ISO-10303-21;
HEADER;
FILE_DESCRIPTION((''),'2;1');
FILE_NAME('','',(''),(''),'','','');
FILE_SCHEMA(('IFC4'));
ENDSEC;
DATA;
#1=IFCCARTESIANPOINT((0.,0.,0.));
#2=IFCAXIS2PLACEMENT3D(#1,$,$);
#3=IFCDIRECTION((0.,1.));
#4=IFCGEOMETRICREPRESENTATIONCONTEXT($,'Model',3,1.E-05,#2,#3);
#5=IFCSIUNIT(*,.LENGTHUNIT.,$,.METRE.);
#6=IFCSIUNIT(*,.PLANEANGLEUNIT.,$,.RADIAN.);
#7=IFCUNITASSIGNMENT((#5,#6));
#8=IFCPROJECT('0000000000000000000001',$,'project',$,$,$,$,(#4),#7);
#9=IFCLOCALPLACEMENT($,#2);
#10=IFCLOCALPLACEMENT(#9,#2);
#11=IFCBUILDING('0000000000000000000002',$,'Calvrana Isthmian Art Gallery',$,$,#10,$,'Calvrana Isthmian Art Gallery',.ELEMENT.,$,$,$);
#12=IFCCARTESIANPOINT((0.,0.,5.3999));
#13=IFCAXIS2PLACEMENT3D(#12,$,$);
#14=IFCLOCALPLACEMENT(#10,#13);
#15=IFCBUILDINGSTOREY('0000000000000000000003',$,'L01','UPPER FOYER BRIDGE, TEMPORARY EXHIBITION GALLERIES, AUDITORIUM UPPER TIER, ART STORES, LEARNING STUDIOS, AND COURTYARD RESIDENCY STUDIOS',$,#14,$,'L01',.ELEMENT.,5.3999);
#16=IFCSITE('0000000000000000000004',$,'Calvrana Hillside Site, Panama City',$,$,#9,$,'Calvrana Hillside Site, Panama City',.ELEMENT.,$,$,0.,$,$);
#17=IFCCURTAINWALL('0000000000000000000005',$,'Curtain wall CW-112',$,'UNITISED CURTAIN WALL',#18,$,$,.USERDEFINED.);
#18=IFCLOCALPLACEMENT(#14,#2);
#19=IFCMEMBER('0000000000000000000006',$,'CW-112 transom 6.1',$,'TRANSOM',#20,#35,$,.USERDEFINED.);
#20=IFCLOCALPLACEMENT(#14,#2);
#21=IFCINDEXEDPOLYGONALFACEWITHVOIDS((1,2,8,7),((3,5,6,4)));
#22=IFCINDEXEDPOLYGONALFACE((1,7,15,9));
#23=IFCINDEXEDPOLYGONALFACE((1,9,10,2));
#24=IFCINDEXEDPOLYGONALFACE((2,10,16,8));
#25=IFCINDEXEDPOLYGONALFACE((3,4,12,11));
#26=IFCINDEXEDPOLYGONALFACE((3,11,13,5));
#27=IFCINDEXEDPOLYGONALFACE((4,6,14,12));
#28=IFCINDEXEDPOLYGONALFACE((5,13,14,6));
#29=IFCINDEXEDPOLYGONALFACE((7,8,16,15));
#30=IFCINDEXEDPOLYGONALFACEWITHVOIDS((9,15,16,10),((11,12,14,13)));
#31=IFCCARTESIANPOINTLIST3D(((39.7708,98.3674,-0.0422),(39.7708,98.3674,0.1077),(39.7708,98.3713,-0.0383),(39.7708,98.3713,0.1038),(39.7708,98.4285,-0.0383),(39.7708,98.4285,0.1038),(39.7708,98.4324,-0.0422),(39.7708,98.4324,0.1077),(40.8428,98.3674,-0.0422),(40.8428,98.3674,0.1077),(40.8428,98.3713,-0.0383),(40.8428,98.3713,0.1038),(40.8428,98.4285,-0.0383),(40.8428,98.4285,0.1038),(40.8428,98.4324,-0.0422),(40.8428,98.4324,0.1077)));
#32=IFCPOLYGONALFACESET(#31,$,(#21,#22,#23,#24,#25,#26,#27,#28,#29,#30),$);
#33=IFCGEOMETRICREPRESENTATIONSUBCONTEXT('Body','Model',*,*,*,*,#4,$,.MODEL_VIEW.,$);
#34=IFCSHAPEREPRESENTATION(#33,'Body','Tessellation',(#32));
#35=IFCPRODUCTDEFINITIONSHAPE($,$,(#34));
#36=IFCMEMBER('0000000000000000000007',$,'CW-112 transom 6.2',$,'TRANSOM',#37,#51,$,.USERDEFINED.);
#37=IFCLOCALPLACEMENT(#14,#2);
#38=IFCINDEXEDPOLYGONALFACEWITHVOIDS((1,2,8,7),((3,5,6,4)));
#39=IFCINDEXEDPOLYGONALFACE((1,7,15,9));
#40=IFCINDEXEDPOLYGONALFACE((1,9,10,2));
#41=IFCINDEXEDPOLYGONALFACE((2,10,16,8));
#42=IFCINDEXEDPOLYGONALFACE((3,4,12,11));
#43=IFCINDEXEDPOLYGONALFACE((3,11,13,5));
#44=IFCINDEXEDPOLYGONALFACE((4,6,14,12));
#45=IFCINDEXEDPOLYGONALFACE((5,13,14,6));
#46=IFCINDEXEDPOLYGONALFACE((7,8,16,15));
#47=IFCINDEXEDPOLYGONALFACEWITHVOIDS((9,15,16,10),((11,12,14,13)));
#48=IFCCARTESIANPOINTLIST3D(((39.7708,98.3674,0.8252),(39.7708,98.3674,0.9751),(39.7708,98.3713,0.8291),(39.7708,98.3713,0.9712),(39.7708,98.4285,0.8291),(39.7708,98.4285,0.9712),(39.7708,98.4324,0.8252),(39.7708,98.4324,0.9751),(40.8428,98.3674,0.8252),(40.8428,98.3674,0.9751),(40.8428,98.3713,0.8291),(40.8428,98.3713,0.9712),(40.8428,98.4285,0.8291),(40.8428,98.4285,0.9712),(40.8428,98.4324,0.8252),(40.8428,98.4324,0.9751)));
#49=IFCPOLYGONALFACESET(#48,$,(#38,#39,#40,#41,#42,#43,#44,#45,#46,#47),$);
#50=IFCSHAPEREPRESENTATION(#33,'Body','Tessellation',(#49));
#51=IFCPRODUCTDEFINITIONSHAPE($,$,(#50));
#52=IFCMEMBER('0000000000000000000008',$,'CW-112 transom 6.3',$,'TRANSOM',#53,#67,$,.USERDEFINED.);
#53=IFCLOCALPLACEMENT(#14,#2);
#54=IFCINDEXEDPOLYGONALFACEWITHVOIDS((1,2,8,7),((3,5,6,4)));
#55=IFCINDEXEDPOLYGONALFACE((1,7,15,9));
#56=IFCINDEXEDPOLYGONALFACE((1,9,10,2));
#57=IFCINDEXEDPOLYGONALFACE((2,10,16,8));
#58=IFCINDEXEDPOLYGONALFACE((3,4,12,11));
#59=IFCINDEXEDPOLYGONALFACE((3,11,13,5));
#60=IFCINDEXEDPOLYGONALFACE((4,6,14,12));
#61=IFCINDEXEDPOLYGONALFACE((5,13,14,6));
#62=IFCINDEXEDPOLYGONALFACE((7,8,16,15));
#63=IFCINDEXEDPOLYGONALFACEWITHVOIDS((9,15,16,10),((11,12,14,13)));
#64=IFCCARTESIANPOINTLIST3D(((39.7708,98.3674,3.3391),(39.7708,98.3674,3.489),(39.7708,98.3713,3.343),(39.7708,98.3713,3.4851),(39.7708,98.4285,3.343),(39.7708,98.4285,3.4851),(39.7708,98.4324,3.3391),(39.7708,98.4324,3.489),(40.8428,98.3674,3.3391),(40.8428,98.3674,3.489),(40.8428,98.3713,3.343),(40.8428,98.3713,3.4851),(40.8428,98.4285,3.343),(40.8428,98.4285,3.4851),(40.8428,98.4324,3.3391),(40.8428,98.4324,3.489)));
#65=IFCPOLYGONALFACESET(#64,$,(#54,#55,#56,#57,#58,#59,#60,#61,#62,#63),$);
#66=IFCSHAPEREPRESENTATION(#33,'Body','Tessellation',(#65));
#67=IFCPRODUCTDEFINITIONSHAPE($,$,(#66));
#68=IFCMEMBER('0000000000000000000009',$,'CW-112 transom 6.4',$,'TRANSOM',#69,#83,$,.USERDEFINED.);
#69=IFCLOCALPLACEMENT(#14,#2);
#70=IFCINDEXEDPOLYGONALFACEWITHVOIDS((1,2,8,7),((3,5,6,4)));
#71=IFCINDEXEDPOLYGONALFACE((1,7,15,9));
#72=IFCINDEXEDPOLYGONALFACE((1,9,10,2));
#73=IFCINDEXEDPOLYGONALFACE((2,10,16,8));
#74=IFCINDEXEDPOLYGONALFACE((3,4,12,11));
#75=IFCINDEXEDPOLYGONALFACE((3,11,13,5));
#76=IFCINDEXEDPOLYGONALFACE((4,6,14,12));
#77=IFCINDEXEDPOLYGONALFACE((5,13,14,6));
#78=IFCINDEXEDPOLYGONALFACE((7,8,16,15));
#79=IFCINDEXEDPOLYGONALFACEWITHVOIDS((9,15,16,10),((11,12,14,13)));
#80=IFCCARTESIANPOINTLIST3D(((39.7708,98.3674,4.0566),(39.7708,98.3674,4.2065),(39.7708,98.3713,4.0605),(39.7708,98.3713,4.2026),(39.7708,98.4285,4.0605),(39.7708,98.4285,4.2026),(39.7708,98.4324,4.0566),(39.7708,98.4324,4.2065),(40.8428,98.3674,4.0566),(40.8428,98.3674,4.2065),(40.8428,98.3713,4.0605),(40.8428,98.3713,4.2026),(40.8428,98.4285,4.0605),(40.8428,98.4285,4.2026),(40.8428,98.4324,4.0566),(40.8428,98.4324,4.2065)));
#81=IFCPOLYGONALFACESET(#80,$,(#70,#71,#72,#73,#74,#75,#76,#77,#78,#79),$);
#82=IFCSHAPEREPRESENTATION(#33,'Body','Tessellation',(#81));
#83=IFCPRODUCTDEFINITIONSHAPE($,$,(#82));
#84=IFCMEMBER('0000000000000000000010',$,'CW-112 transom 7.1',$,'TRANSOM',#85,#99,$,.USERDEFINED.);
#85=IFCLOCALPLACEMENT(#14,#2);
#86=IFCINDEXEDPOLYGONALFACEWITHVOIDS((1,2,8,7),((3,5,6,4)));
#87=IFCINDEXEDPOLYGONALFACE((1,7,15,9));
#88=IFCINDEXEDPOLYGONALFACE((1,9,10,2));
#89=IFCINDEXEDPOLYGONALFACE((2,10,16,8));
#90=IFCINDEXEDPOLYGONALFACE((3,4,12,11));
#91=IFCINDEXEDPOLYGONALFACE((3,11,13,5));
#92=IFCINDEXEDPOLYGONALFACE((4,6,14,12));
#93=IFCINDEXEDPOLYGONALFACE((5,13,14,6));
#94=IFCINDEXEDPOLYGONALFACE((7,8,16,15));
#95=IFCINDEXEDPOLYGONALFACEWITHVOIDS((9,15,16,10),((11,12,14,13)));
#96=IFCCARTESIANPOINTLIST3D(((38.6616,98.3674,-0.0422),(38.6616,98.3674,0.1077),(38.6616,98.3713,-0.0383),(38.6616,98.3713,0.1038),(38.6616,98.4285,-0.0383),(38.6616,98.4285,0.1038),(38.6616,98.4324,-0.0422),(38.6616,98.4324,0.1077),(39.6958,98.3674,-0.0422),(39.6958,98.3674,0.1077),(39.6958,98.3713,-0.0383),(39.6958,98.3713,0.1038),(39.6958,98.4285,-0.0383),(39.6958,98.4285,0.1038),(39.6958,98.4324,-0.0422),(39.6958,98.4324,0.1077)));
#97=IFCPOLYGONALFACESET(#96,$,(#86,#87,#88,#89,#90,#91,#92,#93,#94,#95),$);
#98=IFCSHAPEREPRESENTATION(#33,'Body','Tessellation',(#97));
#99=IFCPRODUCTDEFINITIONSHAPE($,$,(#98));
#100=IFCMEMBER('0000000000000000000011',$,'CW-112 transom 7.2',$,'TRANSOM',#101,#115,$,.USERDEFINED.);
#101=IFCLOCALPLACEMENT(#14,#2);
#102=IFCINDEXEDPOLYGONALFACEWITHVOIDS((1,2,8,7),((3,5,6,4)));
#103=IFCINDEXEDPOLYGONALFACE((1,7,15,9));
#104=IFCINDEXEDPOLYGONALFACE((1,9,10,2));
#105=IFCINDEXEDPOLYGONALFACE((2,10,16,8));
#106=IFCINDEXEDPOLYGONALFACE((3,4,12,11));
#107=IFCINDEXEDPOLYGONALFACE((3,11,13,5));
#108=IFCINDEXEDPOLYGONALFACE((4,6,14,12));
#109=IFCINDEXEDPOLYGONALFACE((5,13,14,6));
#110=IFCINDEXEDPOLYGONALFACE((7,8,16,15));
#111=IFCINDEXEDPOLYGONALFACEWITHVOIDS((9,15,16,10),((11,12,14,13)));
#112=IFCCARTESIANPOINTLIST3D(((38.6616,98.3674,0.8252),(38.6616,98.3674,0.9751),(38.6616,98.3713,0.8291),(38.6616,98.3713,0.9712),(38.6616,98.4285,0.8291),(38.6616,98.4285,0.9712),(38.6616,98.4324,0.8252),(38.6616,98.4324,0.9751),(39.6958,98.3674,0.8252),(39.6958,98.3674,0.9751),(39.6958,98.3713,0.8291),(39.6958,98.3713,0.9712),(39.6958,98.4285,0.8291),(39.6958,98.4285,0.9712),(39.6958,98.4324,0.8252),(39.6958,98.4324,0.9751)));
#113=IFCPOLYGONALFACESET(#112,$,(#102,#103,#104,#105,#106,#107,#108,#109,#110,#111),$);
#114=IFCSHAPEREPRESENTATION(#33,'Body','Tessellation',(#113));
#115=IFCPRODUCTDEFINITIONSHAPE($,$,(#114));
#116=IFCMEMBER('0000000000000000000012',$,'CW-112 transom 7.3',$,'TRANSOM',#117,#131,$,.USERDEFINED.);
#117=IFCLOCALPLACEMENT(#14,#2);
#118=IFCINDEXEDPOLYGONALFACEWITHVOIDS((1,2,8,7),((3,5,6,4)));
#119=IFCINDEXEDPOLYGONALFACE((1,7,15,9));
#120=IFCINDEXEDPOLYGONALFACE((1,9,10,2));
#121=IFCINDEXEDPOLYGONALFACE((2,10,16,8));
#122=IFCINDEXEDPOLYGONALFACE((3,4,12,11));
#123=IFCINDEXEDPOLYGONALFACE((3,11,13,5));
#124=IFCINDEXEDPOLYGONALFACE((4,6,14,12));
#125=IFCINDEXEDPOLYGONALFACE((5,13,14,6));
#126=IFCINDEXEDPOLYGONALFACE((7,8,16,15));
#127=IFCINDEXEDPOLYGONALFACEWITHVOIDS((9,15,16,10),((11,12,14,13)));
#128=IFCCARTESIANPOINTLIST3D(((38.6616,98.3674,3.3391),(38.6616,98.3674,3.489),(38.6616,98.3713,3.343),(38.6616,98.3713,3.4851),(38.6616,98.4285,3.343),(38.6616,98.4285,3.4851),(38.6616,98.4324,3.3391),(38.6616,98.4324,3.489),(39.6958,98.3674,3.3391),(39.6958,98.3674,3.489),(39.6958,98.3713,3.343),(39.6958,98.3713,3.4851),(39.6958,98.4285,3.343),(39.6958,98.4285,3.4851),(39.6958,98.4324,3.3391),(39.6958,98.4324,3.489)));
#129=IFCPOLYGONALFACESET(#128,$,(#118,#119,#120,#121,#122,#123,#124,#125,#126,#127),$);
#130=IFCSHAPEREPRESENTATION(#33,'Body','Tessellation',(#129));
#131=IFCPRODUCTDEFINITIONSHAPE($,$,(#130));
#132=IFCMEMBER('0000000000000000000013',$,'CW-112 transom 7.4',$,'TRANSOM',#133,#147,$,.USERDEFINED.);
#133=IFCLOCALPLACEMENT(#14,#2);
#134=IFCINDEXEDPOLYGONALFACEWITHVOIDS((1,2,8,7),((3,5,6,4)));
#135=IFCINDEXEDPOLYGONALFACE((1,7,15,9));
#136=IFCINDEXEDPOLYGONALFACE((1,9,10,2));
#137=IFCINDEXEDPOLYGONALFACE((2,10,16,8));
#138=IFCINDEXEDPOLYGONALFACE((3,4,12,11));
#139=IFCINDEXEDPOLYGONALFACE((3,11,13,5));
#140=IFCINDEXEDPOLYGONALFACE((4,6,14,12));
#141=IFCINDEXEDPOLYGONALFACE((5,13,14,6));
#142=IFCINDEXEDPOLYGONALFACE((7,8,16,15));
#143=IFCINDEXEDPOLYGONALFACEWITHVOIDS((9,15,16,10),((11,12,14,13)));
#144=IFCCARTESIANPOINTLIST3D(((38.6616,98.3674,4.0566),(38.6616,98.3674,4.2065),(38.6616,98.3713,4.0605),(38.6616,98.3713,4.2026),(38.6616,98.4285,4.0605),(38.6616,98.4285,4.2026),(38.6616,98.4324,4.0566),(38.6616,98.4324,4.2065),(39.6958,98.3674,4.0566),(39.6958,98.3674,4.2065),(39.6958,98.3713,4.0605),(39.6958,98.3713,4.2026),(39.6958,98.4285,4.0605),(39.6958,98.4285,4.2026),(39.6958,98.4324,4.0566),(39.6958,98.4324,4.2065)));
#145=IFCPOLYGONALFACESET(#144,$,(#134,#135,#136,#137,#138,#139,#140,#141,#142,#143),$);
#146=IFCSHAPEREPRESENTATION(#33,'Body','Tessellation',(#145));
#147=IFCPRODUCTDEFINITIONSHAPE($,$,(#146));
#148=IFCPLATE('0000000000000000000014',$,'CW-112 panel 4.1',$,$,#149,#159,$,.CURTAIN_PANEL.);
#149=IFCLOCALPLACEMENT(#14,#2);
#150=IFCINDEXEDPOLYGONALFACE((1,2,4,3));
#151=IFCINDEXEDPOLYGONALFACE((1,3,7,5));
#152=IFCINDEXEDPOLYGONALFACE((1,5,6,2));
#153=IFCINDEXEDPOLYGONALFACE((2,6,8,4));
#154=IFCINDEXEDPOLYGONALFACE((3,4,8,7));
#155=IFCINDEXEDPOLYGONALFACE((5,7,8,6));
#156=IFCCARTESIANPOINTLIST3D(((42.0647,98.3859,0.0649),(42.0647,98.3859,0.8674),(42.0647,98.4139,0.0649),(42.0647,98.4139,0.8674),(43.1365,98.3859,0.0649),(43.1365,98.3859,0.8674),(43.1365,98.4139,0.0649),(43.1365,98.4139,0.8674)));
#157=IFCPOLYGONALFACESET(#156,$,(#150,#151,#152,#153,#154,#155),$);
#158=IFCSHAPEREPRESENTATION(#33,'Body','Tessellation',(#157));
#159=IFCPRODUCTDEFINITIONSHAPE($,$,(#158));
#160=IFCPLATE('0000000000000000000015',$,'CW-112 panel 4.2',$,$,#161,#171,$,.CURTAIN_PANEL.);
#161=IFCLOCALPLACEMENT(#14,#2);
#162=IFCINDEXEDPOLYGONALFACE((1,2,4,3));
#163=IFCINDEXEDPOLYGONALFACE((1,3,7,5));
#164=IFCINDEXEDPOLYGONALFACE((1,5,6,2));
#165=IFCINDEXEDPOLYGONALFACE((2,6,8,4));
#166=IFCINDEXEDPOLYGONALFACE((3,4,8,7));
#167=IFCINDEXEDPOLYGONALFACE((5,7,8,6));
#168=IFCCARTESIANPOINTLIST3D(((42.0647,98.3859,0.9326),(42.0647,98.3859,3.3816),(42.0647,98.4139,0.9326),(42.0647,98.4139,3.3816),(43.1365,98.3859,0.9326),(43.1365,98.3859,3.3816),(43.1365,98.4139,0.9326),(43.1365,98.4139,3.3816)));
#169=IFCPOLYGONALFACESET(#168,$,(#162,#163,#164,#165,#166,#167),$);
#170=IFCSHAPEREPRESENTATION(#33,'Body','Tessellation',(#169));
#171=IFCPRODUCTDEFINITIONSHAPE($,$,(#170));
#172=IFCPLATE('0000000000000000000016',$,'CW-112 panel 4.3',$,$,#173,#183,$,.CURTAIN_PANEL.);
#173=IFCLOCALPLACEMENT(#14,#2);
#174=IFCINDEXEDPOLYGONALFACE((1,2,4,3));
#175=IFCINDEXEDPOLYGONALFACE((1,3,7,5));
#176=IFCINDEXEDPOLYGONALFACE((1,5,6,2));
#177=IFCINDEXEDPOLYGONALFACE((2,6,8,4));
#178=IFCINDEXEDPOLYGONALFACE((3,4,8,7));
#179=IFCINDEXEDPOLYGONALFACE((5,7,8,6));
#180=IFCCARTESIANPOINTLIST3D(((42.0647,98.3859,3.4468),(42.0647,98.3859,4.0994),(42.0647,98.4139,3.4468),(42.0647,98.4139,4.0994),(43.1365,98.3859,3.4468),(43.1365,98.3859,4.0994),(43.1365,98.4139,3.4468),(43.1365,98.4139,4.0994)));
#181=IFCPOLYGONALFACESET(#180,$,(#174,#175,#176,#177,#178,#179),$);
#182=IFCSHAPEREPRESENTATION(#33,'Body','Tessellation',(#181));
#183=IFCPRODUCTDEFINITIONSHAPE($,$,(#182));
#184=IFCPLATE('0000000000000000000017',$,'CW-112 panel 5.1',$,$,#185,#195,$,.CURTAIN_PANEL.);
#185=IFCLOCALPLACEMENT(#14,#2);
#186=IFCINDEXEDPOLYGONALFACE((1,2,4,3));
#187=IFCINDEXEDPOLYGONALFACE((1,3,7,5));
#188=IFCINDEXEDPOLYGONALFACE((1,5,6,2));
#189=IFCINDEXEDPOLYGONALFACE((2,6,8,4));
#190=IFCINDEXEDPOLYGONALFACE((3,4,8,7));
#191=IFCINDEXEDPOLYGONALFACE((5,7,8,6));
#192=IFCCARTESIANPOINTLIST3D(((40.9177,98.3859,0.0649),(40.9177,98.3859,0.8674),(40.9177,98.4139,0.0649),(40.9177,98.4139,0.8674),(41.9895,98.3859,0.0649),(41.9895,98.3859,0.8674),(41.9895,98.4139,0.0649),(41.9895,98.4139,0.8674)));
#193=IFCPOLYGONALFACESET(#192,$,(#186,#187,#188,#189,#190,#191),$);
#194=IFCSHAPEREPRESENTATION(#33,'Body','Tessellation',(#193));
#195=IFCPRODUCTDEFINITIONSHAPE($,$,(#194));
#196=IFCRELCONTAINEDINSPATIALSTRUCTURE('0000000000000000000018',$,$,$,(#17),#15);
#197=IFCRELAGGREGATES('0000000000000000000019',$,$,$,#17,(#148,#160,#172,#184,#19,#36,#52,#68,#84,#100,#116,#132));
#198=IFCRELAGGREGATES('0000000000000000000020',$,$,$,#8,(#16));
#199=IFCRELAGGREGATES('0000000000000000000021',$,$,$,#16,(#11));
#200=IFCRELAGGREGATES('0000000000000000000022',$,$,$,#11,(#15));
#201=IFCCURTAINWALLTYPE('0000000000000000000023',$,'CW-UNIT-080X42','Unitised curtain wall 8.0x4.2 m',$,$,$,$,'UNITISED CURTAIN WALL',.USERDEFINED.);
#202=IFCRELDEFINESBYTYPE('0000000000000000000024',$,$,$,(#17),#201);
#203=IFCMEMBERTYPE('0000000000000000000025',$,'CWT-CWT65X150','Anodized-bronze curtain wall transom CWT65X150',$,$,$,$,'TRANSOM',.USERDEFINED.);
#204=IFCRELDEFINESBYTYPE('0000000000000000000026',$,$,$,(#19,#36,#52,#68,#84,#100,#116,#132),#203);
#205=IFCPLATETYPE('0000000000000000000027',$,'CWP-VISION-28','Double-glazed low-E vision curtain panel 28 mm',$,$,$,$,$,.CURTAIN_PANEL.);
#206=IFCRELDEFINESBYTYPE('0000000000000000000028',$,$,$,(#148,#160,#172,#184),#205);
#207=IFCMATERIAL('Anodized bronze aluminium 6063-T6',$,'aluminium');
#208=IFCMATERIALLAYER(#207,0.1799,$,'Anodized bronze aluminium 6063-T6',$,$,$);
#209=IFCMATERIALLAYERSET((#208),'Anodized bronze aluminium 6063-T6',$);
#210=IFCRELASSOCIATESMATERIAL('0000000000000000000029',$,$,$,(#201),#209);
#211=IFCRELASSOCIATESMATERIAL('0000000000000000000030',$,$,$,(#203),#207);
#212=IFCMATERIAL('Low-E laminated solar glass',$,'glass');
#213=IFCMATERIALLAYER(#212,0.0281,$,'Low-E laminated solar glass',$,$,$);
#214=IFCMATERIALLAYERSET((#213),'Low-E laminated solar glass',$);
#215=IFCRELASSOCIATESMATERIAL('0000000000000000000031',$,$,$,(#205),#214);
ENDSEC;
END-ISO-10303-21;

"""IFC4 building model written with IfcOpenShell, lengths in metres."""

from ifc_helpers import new_model, si_unit, direction, frame, origin, origin_2d, place, context, subcontext, project, spatial, rectangle, hollow_rectangle, extrude, material, layer, layer_set, material_profile, profile_set, type_object, element, aggregate, save


model = new_model("IFC4")

# Units and contexts
model_context = context("Model", 3, precision=1e-05, world=origin(), true_north=direction((0.0, 1.0)))
body_context = subcontext(model_context, "Body", "Model", "MODEL_VIEW")
ifc_project = project(units=[si_unit("LENGTHUNIT", "METRE"), si_unit("PLANEANGLEUNIT", "RADIAN")], contexts=[model_context])

# Site, building, storey
site_placement = place(None, origin())
site = spatial("IfcSite", under=ifc_project, at=site_placement, Name="Calvrana Hillside Site, Panama City", LongName="Calvrana Hillside Site, Panama City", CompositionType="ELEMENT", RefElevation=0.0)
building_placement = place(site_placement, origin())
building = spatial("IfcBuilding", under=site, at=building_placement, Name="Calvrana Isthmian Art Gallery", LongName="Calvrana Isthmian Art Gallery", CompositionType="ELEMENT")
storey_placement = place(building_placement, frame((0.0, 0.0, 5.3999)))
storey = spatial("IfcBuildingStorey", under=building, at=storey_placement, Name="L01", Description="UPPER FOYER BRIDGE, TEMPORARY EXHIBITION GALLERIES, AUDITORIUM UPPER TIER, ART STORES, LEARNING STUDIOS, AND COURTYARD RESIDENCY STUDIOS", LongName="L01", CompositionType="ELEMENT", Elevation=5.3999)

# Curtain wall, members, plates
ifc_material_1 = material(Name="Anodized bronze aluminium 6063-T6", Category="aluminium")
ifc_layer_1 = layer(ifc_material_1, 0.1799, Name="Anodized bronze aluminium 6063-T6")
ifc_layer_set_1 = layer_set([ifc_layer_1], Name="Anodized bronze aluminium 6063-T6")
curtain_wall_type = type_object("IfcCurtainWallType", Name="CW-UNIT-080X42", Description="Unitised curtain wall 8.0x4.2 m", ElementType="UNITISED CURTAIN WALL", PredefinedType="USERDEFINED", material=ifc_layer_set_1)
curtain_wall_placement = place(storey_placement, origin())
curtain_wall = element("IfcCurtainWall", 1, at=curtain_wall_placement, inside=storey, type_object=curtain_wall_type, Name="Curtain wall CW-112", ObjectType="UNITISED CURTAIN WALL", PredefinedType="USERDEFINED")
ifc_material_profile_1 = material_profile(ifc_material_1, hollow_rectangle(XDim=0.0649, YDim=0.1499, WallThickness=0.0039, at=origin_2d()), Name="CWT65X150")
ifc_profile_set_1 = profile_set([ifc_material_profile_1], Name="Anodized bronze aluminium 6063-T6")
member_type_1 = type_object("IfcMemberType", Name="CWT-CWT65X150", Description="Anodized-bronze curtain wall transom CWT65X150", ElementType="TRANSOM", PredefinedType="USERDEFINED", material=ifc_profile_set_1)
member_1_placement = place(storey_placement, frame((40.8428, 98.3999, 0.0327), z_axis=(-1.0, 0.0, 0.0), x_axis=(0.0, -1.0, 0.0)))
member_1 = element("IfcMember", 2, at=member_1_placement, type_object=member_type_1, Name="CW-112 transom 6.1", ObjectType="TRANSOM", PredefinedType="USERDEFINED", context=body_context, shape_type="SweptSolid", body=[
    extrude(hollow_rectangle(XDim=0.0649, YDim=0.1499, WallThickness=0.0039, at=origin_2d()), origin(), (0.0, 0.0, 1.0), 1.072),
])
member_2_placement = place(storey_placement, frame((40.8428, 98.3999, 0.9001), z_axis=(-1.0, 0.0, 0.0), x_axis=(0.0, -1.0, 0.0)))
member_2 = element("IfcMember", 3, at=member_2_placement, type_object=member_type_1, Name="CW-112 transom 6.2", ObjectType="TRANSOM", PredefinedType="USERDEFINED", context=body_context, shape_type="SweptSolid", body=[
    extrude(hollow_rectangle(XDim=0.0649, YDim=0.1499, WallThickness=0.0039, at=origin_2d()), origin(), (0.0, 0.0, 1.0), 1.072),
])
member_3_placement = place(storey_placement, frame((40.8428, 98.3999, 3.4141), z_axis=(-1.0, 0.0, 0.0), x_axis=(0.0, -1.0, 0.0)))
member_3 = element("IfcMember", 4, at=member_3_placement, type_object=member_type_1, Name="CW-112 transom 6.3", ObjectType="TRANSOM", PredefinedType="USERDEFINED", context=body_context, shape_type="SweptSolid", body=[
    extrude(hollow_rectangle(XDim=0.0649, YDim=0.1499, WallThickness=0.0039, at=origin_2d()), origin(), (0.0, 0.0, 1.0), 1.072),
])
member_4_placement = place(storey_placement, frame((40.8428, 98.3999, 4.1316), z_axis=(-1.0, 0.0, 0.0), x_axis=(0.0, -1.0, 0.0)))
member_4 = element("IfcMember", 5, at=member_4_placement, type_object=member_type_1, Name="CW-112 transom 6.4", ObjectType="TRANSOM", PredefinedType="USERDEFINED", context=body_context, shape_type="SweptSolid", body=[
    extrude(hollow_rectangle(XDim=0.0649, YDim=0.1499, WallThickness=0.0039, at=origin_2d()), origin(), (0.0, 0.0, 1.0), 1.072),
])
member_5_placement = place(storey_placement, frame((39.6958, 98.3999, 0.0327), z_axis=(-1.0, 0.0, 0.0), x_axis=(0.0, -1.0, 0.0)))
member_5 = element("IfcMember", 6, at=member_5_placement, type_object=member_type_1, Name="CW-112 transom 7.1", ObjectType="TRANSOM", PredefinedType="USERDEFINED", context=body_context, shape_type="SweptSolid", body=[
    extrude(hollow_rectangle(XDim=0.0649, YDim=0.1499, WallThickness=0.0039, at=origin_2d()), origin(), (0.0, 0.0, 1.0), 1.0342),
])
member_6_placement = place(storey_placement, frame((39.6958, 98.3999, 0.9001), z_axis=(-1.0, 0.0, 0.0), x_axis=(0.0, -1.0, 0.0)))
member_6 = element("IfcMember", 7, at=member_6_placement, type_object=member_type_1, Name="CW-112 transom 7.2", ObjectType="TRANSOM", PredefinedType="USERDEFINED", context=body_context, shape_type="SweptSolid", body=[
    extrude(hollow_rectangle(XDim=0.0649, YDim=0.1499, WallThickness=0.0039, at=origin_2d()), origin(), (0.0, 0.0, 1.0), 1.0342),
])
member_7_placement = place(storey_placement, frame((39.6958, 98.3999, 3.4141), z_axis=(-1.0, 0.0, 0.0), x_axis=(0.0, -1.0, 0.0)))
member_7 = element("IfcMember", 8, at=member_7_placement, type_object=member_type_1, Name="CW-112 transom 7.3", ObjectType="TRANSOM", PredefinedType="USERDEFINED", context=body_context, shape_type="SweptSolid", body=[
    extrude(hollow_rectangle(XDim=0.0649, YDim=0.1499, WallThickness=0.0039, at=origin_2d()), origin(), (0.0, 0.0, 1.0), 1.0342),
])
member_8_placement = place(storey_placement, frame((39.6958, 98.3999, 4.1316), z_axis=(-1.0, 0.0, 0.0), x_axis=(0.0, -1.0, 0.0)))
member_8 = element("IfcMember", 9, at=member_8_placement, type_object=member_type_1, Name="CW-112 transom 7.4", ObjectType="TRANSOM", PredefinedType="USERDEFINED", context=body_context, shape_type="SweptSolid", body=[
    extrude(hollow_rectangle(XDim=0.0649, YDim=0.1499, WallThickness=0.0039, at=origin_2d()), origin(), (0.0, 0.0, 1.0), 1.0342),
])
ifc_material_2 = material(Name="Low-E laminated solar glass", Category="glass")
ifc_layer_2 = layer(ifc_material_2, 0.0281, Name="Low-E laminated solar glass")
ifc_layer_set_2 = layer_set([ifc_layer_2], Name="Low-E laminated solar glass")
plate_type = type_object("IfcPlateType", Name="CWP-VISION-28", Description="Double-glazed low-E vision curtain panel 28 mm", PredefinedType="CURTAIN_PANEL", material=ifc_layer_set_2)
plate_1_placement = place(storey_placement, frame((42.6006, 98.3999, 0.0649), z_axis=(0.0, 0.0, 1.0), x_axis=(-1.0, 0.0, 0.0)))
plate_1 = element("IfcPlate", 10, at=plate_1_placement, type_object=plate_type, Name="CW-112 panel 4.1", PredefinedType="CURTAIN_PANEL", context=body_context, shape_type="SweptSolid", body=[
    extrude(rectangle(XDim=1.0718, YDim=0.0281, at=origin_2d()), origin(), (0.0, 0.0, 1.0), 0.8025),
])
plate_2_placement = place(storey_placement, frame((42.6006, 98.3999, 0.9326), z_axis=(0.0, 0.0, 1.0), x_axis=(-1.0, 0.0, 0.0)))
plate_2 = element("IfcPlate", 11, at=plate_2_placement, type_object=plate_type, Name="CW-112 panel 4.2", PredefinedType="CURTAIN_PANEL", context=body_context, shape_type="SweptSolid", body=[
    extrude(rectangle(XDim=1.0718, YDim=0.0281, at=origin_2d()), origin(), (0.0, 0.0, 1.0), 2.449),
])
plate_3_placement = place(storey_placement, frame((42.6006, 98.3999, 3.4468), z_axis=(0.0, 0.0, 1.0), x_axis=(-1.0, 0.0, 0.0)))
plate_3 = element("IfcPlate", 12, at=plate_3_placement, type_object=plate_type, Name="CW-112 panel 4.3", PredefinedType="CURTAIN_PANEL", context=body_context, shape_type="SweptSolid", body=[
    extrude(rectangle(XDim=1.0718, YDim=0.0281, at=origin_2d()), origin(), (0.0, 0.0, 1.0), 0.6526),
])
plate_4_placement = place(storey_placement, frame((41.4536, 98.3999, 0.0649), z_axis=(0.0, 0.0, 1.0), x_axis=(-1.0, 0.0, 0.0)))
plate_4 = element("IfcPlate", 13, at=plate_4_placement, type_object=plate_type, Name="CW-112 panel 5.1", PredefinedType="CURTAIN_PANEL", context=body_context, shape_type="SweptSolid", body=[
    extrude(rectangle(XDim=1.0718, YDim=0.0281, at=origin_2d()), origin(), (0.0, 0.0, 1.0), 0.8025),
])
aggregate(curtain_wall, [plate_1, plate_2, plate_3, plate_4, member_1, member_2, member_3, member_4, member_5, member_6, member_7, member_8])

save(model, "model.ifc")
